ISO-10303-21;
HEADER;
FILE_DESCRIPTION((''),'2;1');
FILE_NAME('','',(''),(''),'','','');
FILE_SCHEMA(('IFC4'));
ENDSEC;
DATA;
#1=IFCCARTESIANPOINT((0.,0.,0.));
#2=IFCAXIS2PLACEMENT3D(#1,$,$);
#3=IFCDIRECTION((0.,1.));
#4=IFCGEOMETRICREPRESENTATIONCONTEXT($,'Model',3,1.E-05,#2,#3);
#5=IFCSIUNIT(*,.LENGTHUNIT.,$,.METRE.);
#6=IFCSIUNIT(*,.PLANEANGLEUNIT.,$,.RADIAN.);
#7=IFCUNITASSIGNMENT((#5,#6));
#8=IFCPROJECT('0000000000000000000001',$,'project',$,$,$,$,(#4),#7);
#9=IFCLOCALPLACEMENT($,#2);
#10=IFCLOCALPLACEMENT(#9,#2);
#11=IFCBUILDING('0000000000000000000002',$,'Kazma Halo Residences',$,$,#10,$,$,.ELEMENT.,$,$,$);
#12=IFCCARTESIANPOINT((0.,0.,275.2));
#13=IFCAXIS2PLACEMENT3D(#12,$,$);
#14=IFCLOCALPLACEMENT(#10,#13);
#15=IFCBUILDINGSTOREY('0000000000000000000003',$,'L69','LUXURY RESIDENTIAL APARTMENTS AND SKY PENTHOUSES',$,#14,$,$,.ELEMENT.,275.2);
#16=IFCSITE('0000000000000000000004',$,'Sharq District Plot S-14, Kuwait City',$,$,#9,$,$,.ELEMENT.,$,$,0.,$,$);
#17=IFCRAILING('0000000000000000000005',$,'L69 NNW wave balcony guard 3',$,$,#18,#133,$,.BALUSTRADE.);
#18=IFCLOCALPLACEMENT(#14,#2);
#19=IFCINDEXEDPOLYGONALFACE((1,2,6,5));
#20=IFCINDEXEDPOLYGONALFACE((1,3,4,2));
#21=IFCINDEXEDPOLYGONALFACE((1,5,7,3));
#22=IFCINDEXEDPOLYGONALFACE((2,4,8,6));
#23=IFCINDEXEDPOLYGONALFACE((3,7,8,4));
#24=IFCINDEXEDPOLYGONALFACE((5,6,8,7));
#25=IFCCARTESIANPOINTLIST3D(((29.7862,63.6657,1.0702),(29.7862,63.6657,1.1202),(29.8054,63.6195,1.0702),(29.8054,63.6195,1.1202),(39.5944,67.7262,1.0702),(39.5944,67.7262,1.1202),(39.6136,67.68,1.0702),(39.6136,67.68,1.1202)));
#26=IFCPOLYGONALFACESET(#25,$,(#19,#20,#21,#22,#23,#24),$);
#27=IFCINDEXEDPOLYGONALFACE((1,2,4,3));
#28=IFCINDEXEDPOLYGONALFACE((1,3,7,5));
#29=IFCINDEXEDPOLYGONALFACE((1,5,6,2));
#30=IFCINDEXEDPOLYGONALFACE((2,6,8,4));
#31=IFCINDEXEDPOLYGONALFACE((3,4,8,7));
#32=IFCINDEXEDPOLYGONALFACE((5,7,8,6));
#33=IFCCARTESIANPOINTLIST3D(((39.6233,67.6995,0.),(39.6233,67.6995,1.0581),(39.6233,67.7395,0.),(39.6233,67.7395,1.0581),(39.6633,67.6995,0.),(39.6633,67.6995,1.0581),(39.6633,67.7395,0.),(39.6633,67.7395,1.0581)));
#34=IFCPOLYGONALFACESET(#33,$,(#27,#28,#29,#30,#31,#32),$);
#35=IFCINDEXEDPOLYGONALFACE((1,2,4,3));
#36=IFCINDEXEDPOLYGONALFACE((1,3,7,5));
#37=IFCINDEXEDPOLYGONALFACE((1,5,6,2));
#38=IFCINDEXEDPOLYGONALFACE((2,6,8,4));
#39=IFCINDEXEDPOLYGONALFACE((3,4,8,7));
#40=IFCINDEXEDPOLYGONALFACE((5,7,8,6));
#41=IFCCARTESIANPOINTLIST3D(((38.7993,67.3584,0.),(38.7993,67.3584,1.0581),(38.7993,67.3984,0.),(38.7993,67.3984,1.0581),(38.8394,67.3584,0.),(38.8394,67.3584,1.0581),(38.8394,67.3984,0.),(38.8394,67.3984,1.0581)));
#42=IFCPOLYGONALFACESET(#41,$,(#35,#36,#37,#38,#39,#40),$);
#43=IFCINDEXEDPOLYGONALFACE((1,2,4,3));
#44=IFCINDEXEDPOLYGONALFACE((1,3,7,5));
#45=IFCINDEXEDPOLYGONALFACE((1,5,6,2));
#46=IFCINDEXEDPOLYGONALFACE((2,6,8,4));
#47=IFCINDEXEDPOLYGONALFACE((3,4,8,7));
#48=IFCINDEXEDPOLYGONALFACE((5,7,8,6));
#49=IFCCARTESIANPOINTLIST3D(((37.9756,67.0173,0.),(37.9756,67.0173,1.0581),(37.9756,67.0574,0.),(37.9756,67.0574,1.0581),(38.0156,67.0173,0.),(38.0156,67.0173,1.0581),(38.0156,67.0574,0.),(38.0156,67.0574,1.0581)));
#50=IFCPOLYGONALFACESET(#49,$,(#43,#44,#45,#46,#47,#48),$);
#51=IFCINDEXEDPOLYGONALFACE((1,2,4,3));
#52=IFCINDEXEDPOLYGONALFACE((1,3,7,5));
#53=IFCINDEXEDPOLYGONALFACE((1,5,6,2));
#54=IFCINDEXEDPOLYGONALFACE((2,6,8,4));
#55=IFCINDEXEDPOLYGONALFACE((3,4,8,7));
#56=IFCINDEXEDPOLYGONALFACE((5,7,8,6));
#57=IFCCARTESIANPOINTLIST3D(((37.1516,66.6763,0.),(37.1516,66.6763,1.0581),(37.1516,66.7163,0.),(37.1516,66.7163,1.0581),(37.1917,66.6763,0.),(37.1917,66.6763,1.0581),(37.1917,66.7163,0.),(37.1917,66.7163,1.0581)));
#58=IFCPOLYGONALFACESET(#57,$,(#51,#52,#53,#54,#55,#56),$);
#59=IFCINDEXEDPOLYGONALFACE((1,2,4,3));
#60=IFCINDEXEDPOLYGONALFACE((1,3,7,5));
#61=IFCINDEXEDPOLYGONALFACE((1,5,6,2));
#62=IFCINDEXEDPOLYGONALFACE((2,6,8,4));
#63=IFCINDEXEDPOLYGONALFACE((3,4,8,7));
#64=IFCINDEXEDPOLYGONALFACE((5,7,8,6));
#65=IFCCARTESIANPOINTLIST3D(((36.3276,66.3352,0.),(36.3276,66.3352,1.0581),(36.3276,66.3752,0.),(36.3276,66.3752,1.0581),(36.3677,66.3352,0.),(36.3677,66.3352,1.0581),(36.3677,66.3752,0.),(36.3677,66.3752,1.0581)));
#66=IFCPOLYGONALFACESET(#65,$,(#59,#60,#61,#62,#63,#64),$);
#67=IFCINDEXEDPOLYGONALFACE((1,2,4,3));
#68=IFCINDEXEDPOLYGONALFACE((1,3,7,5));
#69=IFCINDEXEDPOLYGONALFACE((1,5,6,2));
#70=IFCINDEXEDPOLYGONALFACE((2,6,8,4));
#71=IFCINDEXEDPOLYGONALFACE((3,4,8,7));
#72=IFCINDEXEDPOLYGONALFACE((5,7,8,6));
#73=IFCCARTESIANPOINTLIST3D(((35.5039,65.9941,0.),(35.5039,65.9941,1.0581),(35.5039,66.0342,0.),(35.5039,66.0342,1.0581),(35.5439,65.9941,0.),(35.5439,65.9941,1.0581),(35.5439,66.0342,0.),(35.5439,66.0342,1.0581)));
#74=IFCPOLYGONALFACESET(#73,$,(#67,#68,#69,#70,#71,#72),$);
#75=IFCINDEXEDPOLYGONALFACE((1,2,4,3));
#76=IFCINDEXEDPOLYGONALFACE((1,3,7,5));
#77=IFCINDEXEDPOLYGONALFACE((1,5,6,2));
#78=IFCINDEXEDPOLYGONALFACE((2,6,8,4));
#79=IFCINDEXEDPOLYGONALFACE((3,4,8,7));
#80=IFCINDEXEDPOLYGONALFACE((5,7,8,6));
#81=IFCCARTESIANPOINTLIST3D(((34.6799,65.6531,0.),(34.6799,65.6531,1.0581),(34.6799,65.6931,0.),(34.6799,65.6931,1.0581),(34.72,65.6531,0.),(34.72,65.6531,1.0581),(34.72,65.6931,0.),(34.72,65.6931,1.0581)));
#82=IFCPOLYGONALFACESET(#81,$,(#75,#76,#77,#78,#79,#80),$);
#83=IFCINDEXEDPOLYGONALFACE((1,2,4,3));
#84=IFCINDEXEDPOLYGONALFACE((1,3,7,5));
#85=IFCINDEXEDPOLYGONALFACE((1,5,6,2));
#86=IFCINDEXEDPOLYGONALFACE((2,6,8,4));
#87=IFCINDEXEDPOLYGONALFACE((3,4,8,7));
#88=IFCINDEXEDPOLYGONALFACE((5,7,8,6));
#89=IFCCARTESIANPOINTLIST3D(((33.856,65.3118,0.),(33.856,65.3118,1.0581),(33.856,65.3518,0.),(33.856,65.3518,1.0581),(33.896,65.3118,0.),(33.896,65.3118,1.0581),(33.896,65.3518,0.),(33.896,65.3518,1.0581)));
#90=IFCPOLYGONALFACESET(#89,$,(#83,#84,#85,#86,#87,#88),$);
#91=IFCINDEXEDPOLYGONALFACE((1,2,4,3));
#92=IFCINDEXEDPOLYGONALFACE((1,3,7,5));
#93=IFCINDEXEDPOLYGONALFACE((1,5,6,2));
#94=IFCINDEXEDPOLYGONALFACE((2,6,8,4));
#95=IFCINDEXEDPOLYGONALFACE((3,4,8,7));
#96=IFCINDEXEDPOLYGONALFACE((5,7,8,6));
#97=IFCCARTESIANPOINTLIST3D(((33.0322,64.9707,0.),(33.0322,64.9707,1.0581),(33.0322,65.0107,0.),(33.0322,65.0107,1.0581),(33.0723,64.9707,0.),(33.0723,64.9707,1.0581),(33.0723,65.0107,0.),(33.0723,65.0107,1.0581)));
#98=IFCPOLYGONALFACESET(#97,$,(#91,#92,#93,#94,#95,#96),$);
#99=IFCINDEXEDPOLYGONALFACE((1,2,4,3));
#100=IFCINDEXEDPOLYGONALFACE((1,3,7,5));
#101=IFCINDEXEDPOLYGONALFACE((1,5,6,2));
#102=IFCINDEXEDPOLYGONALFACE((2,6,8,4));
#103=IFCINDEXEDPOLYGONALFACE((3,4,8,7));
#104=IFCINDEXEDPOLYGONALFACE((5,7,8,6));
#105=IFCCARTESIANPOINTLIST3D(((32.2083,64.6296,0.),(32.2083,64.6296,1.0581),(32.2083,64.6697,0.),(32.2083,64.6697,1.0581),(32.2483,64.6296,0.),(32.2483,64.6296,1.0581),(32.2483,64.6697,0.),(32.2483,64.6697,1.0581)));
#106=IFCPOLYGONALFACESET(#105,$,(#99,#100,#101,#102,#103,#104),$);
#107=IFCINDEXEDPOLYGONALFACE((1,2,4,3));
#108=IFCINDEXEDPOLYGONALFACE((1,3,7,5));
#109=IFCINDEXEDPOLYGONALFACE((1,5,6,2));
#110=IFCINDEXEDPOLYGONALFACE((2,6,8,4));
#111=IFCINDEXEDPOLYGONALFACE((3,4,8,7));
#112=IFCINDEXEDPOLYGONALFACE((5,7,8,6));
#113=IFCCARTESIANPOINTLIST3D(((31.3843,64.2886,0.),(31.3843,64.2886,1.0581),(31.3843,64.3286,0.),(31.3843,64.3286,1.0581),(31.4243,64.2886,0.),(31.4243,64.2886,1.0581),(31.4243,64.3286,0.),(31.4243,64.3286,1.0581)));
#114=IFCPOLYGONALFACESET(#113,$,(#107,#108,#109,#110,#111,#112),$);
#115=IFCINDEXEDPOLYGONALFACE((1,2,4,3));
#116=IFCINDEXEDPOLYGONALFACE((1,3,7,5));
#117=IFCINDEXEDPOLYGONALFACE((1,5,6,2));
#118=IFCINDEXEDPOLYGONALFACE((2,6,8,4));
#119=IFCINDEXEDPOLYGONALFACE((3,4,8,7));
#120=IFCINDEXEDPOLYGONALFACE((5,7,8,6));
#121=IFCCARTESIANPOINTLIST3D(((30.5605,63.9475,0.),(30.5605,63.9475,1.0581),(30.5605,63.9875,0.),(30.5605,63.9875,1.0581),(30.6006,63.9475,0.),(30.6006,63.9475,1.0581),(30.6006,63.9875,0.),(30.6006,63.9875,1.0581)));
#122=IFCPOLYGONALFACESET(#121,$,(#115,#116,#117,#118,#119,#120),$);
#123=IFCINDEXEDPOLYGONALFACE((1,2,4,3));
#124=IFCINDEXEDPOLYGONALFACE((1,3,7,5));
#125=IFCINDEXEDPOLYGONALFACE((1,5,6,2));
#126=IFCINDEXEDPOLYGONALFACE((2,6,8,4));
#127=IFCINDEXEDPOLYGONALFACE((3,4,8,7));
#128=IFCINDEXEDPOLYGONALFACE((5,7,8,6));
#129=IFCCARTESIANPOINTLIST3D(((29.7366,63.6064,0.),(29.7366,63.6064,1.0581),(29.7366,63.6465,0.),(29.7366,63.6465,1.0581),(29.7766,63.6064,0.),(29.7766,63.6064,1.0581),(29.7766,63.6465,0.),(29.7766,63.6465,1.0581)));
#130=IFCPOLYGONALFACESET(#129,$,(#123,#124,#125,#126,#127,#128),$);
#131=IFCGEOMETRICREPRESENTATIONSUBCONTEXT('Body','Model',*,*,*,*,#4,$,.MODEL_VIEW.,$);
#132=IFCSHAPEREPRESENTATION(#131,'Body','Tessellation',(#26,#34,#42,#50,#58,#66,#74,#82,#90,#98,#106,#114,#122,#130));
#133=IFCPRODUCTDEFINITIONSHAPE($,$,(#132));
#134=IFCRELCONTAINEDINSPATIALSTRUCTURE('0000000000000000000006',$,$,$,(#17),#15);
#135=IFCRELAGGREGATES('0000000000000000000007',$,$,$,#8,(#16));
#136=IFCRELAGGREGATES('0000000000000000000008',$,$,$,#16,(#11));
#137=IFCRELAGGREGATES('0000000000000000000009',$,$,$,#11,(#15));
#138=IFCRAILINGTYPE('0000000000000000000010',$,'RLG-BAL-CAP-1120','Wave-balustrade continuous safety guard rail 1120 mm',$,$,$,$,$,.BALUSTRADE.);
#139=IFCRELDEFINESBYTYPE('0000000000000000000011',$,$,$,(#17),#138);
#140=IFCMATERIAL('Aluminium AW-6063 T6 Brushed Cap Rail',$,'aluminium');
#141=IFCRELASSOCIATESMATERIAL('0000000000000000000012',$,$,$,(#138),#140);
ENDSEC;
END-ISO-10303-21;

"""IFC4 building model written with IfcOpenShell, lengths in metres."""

from ifc_helpers import new_model, si_unit, direction, frame, origin, origin_2d, place, context, subcontext, project, spatial, rectangle, extrude, material, type_object, element, save


model = new_model("IFC4")

# Units and contexts
model_context = context("Model", 3, precision=1e-05, world=origin(), true_north=direction((0.0, 1.0)))
body_context = subcontext(model_context, "Body", "Model", "MODEL_VIEW")
ifc_project = project(units=[si_unit("LENGTHUNIT", "METRE"), si_unit("PLANEANGLEUNIT", "RADIAN")], contexts=[model_context])

# Site, building, storey
site_placement = place(None, origin())
site = spatial("IfcSite", under=ifc_project, at=site_placement, Name="Sharq District Plot S-14, Kuwait City", CompositionType="ELEMENT", RefElevation=0.0)
building_placement = place(site_placement, origin())
building = spatial("IfcBuilding", under=site, at=building_placement, Name="Kazma Halo Residences", CompositionType="ELEMENT")
storey_placement = place(building_placement, frame((0.0, 0.0, 275.2)))
storey = spatial("IfcBuildingStorey", under=building, at=storey_placement, Name="L69", Description="LUXURY RESIDENTIAL APARTMENTS AND SKY PENTHOUSES", CompositionType="ELEMENT", Elevation=275.2)

# Railing
ifc_material_1 = material(Name="Aluminium AW-6063 T6 Brushed Cap Rail", Category="aluminium")
railing_type = type_object("IfcRailingType", Name="RLG-BAL-CAP-1120", Description="Wave-balustrade continuous safety guard rail 1120 mm", PredefinedType="BALUSTRADE", material=ifc_material_1)
railing_placement = place(storey_placement, frame((39.6433, 67.7195, 0.0)))
element("IfcRailing", 1, at=railing_placement, inside=storey, type_object=railing_type, Name="L69 NNW wave balcony guard 3", PredefinedType="BALUSTRADE", context=body_context, shape_type="SweptSolid", body=[
    extrude(rectangle(XDim=0.05, YDim=0.05, at=origin_2d()), frame((-0.0393, -0.0164, 1.0952), z_axis=(-0.923952, -0.382508, 0.0), x_axis=(0.382508, -0.923952, 0.0)), (0.0, 0.0, 1.0), 10.6155),
    extrude(rectangle(XDim=0.04, YDim=0.04, at=origin_2d()), origin(), (0.0, 0.0, 1.0), 1.0581),
    extrude(rectangle(XDim=0.04, YDim=0.04, at=origin_2d()), frame((-0.824, -0.3411, 0.0)), (0.0, 0.0, 1.0), 1.0581),
    extrude(rectangle(XDim=0.04, YDim=0.04, at=origin_2d()), frame((-1.6477, -0.6821, 0.0)), (0.0, 0.0, 1.0), 1.0581),
    extrude(rectangle(XDim=0.04, YDim=0.04, at=origin_2d()), frame((-2.4717, -1.0232, 0.0)), (0.0, 0.0, 1.0), 1.0581),
    extrude(rectangle(XDim=0.04, YDim=0.04, at=origin_2d()), frame((-3.2957, -1.3643, 0.0)), (0.0, 0.0, 1.0), 1.0581),
    extrude(rectangle(XDim=0.04, YDim=0.04, at=origin_2d()), frame((-4.1194, -1.7053, 0.0)), (0.0, 0.0, 1.0), 1.0581),
    extrude(rectangle(XDim=0.04, YDim=0.04, at=origin_2d()), frame((-4.9434, -2.0464, 0.0)), (0.0, 0.0, 1.0), 1.0581),
    extrude(rectangle(XDim=0.04, YDim=0.04, at=origin_2d()), frame((-5.7673, -2.3877, 0.0)), (0.0, 0.0, 1.0), 1.0581),
    extrude(rectangle(XDim=0.04, YDim=0.04, at=origin_2d()), frame((-6.5911, -2.7288, 0.0)), (0.0, 0.0, 1.0), 1.0581),
    extrude(rectangle(XDim=0.04, YDim=0.04, at=origin_2d()), frame((-7.415, -3.0698, 0.0)), (0.0, 0.0, 1.0), 1.0581),
    extrude(rectangle(XDim=0.04, YDim=0.04, at=origin_2d()), frame((-8.239, -3.4109, 0.0)), (0.0, 0.0, 1.0), 1.0581),
    extrude(rectangle(XDim=0.04, YDim=0.04, at=origin_2d()), frame((-9.0627, -3.752, 0.0)), (0.0, 0.0, 1.0), 1.0581),
    extrude(rectangle(XDim=0.04, YDim=0.04, at=origin_2d()), frame((-9.8867, -4.093, 0.0)), (0.0, 0.0, 1.0), 1.0581),
])

save(model, "model.ifc")
